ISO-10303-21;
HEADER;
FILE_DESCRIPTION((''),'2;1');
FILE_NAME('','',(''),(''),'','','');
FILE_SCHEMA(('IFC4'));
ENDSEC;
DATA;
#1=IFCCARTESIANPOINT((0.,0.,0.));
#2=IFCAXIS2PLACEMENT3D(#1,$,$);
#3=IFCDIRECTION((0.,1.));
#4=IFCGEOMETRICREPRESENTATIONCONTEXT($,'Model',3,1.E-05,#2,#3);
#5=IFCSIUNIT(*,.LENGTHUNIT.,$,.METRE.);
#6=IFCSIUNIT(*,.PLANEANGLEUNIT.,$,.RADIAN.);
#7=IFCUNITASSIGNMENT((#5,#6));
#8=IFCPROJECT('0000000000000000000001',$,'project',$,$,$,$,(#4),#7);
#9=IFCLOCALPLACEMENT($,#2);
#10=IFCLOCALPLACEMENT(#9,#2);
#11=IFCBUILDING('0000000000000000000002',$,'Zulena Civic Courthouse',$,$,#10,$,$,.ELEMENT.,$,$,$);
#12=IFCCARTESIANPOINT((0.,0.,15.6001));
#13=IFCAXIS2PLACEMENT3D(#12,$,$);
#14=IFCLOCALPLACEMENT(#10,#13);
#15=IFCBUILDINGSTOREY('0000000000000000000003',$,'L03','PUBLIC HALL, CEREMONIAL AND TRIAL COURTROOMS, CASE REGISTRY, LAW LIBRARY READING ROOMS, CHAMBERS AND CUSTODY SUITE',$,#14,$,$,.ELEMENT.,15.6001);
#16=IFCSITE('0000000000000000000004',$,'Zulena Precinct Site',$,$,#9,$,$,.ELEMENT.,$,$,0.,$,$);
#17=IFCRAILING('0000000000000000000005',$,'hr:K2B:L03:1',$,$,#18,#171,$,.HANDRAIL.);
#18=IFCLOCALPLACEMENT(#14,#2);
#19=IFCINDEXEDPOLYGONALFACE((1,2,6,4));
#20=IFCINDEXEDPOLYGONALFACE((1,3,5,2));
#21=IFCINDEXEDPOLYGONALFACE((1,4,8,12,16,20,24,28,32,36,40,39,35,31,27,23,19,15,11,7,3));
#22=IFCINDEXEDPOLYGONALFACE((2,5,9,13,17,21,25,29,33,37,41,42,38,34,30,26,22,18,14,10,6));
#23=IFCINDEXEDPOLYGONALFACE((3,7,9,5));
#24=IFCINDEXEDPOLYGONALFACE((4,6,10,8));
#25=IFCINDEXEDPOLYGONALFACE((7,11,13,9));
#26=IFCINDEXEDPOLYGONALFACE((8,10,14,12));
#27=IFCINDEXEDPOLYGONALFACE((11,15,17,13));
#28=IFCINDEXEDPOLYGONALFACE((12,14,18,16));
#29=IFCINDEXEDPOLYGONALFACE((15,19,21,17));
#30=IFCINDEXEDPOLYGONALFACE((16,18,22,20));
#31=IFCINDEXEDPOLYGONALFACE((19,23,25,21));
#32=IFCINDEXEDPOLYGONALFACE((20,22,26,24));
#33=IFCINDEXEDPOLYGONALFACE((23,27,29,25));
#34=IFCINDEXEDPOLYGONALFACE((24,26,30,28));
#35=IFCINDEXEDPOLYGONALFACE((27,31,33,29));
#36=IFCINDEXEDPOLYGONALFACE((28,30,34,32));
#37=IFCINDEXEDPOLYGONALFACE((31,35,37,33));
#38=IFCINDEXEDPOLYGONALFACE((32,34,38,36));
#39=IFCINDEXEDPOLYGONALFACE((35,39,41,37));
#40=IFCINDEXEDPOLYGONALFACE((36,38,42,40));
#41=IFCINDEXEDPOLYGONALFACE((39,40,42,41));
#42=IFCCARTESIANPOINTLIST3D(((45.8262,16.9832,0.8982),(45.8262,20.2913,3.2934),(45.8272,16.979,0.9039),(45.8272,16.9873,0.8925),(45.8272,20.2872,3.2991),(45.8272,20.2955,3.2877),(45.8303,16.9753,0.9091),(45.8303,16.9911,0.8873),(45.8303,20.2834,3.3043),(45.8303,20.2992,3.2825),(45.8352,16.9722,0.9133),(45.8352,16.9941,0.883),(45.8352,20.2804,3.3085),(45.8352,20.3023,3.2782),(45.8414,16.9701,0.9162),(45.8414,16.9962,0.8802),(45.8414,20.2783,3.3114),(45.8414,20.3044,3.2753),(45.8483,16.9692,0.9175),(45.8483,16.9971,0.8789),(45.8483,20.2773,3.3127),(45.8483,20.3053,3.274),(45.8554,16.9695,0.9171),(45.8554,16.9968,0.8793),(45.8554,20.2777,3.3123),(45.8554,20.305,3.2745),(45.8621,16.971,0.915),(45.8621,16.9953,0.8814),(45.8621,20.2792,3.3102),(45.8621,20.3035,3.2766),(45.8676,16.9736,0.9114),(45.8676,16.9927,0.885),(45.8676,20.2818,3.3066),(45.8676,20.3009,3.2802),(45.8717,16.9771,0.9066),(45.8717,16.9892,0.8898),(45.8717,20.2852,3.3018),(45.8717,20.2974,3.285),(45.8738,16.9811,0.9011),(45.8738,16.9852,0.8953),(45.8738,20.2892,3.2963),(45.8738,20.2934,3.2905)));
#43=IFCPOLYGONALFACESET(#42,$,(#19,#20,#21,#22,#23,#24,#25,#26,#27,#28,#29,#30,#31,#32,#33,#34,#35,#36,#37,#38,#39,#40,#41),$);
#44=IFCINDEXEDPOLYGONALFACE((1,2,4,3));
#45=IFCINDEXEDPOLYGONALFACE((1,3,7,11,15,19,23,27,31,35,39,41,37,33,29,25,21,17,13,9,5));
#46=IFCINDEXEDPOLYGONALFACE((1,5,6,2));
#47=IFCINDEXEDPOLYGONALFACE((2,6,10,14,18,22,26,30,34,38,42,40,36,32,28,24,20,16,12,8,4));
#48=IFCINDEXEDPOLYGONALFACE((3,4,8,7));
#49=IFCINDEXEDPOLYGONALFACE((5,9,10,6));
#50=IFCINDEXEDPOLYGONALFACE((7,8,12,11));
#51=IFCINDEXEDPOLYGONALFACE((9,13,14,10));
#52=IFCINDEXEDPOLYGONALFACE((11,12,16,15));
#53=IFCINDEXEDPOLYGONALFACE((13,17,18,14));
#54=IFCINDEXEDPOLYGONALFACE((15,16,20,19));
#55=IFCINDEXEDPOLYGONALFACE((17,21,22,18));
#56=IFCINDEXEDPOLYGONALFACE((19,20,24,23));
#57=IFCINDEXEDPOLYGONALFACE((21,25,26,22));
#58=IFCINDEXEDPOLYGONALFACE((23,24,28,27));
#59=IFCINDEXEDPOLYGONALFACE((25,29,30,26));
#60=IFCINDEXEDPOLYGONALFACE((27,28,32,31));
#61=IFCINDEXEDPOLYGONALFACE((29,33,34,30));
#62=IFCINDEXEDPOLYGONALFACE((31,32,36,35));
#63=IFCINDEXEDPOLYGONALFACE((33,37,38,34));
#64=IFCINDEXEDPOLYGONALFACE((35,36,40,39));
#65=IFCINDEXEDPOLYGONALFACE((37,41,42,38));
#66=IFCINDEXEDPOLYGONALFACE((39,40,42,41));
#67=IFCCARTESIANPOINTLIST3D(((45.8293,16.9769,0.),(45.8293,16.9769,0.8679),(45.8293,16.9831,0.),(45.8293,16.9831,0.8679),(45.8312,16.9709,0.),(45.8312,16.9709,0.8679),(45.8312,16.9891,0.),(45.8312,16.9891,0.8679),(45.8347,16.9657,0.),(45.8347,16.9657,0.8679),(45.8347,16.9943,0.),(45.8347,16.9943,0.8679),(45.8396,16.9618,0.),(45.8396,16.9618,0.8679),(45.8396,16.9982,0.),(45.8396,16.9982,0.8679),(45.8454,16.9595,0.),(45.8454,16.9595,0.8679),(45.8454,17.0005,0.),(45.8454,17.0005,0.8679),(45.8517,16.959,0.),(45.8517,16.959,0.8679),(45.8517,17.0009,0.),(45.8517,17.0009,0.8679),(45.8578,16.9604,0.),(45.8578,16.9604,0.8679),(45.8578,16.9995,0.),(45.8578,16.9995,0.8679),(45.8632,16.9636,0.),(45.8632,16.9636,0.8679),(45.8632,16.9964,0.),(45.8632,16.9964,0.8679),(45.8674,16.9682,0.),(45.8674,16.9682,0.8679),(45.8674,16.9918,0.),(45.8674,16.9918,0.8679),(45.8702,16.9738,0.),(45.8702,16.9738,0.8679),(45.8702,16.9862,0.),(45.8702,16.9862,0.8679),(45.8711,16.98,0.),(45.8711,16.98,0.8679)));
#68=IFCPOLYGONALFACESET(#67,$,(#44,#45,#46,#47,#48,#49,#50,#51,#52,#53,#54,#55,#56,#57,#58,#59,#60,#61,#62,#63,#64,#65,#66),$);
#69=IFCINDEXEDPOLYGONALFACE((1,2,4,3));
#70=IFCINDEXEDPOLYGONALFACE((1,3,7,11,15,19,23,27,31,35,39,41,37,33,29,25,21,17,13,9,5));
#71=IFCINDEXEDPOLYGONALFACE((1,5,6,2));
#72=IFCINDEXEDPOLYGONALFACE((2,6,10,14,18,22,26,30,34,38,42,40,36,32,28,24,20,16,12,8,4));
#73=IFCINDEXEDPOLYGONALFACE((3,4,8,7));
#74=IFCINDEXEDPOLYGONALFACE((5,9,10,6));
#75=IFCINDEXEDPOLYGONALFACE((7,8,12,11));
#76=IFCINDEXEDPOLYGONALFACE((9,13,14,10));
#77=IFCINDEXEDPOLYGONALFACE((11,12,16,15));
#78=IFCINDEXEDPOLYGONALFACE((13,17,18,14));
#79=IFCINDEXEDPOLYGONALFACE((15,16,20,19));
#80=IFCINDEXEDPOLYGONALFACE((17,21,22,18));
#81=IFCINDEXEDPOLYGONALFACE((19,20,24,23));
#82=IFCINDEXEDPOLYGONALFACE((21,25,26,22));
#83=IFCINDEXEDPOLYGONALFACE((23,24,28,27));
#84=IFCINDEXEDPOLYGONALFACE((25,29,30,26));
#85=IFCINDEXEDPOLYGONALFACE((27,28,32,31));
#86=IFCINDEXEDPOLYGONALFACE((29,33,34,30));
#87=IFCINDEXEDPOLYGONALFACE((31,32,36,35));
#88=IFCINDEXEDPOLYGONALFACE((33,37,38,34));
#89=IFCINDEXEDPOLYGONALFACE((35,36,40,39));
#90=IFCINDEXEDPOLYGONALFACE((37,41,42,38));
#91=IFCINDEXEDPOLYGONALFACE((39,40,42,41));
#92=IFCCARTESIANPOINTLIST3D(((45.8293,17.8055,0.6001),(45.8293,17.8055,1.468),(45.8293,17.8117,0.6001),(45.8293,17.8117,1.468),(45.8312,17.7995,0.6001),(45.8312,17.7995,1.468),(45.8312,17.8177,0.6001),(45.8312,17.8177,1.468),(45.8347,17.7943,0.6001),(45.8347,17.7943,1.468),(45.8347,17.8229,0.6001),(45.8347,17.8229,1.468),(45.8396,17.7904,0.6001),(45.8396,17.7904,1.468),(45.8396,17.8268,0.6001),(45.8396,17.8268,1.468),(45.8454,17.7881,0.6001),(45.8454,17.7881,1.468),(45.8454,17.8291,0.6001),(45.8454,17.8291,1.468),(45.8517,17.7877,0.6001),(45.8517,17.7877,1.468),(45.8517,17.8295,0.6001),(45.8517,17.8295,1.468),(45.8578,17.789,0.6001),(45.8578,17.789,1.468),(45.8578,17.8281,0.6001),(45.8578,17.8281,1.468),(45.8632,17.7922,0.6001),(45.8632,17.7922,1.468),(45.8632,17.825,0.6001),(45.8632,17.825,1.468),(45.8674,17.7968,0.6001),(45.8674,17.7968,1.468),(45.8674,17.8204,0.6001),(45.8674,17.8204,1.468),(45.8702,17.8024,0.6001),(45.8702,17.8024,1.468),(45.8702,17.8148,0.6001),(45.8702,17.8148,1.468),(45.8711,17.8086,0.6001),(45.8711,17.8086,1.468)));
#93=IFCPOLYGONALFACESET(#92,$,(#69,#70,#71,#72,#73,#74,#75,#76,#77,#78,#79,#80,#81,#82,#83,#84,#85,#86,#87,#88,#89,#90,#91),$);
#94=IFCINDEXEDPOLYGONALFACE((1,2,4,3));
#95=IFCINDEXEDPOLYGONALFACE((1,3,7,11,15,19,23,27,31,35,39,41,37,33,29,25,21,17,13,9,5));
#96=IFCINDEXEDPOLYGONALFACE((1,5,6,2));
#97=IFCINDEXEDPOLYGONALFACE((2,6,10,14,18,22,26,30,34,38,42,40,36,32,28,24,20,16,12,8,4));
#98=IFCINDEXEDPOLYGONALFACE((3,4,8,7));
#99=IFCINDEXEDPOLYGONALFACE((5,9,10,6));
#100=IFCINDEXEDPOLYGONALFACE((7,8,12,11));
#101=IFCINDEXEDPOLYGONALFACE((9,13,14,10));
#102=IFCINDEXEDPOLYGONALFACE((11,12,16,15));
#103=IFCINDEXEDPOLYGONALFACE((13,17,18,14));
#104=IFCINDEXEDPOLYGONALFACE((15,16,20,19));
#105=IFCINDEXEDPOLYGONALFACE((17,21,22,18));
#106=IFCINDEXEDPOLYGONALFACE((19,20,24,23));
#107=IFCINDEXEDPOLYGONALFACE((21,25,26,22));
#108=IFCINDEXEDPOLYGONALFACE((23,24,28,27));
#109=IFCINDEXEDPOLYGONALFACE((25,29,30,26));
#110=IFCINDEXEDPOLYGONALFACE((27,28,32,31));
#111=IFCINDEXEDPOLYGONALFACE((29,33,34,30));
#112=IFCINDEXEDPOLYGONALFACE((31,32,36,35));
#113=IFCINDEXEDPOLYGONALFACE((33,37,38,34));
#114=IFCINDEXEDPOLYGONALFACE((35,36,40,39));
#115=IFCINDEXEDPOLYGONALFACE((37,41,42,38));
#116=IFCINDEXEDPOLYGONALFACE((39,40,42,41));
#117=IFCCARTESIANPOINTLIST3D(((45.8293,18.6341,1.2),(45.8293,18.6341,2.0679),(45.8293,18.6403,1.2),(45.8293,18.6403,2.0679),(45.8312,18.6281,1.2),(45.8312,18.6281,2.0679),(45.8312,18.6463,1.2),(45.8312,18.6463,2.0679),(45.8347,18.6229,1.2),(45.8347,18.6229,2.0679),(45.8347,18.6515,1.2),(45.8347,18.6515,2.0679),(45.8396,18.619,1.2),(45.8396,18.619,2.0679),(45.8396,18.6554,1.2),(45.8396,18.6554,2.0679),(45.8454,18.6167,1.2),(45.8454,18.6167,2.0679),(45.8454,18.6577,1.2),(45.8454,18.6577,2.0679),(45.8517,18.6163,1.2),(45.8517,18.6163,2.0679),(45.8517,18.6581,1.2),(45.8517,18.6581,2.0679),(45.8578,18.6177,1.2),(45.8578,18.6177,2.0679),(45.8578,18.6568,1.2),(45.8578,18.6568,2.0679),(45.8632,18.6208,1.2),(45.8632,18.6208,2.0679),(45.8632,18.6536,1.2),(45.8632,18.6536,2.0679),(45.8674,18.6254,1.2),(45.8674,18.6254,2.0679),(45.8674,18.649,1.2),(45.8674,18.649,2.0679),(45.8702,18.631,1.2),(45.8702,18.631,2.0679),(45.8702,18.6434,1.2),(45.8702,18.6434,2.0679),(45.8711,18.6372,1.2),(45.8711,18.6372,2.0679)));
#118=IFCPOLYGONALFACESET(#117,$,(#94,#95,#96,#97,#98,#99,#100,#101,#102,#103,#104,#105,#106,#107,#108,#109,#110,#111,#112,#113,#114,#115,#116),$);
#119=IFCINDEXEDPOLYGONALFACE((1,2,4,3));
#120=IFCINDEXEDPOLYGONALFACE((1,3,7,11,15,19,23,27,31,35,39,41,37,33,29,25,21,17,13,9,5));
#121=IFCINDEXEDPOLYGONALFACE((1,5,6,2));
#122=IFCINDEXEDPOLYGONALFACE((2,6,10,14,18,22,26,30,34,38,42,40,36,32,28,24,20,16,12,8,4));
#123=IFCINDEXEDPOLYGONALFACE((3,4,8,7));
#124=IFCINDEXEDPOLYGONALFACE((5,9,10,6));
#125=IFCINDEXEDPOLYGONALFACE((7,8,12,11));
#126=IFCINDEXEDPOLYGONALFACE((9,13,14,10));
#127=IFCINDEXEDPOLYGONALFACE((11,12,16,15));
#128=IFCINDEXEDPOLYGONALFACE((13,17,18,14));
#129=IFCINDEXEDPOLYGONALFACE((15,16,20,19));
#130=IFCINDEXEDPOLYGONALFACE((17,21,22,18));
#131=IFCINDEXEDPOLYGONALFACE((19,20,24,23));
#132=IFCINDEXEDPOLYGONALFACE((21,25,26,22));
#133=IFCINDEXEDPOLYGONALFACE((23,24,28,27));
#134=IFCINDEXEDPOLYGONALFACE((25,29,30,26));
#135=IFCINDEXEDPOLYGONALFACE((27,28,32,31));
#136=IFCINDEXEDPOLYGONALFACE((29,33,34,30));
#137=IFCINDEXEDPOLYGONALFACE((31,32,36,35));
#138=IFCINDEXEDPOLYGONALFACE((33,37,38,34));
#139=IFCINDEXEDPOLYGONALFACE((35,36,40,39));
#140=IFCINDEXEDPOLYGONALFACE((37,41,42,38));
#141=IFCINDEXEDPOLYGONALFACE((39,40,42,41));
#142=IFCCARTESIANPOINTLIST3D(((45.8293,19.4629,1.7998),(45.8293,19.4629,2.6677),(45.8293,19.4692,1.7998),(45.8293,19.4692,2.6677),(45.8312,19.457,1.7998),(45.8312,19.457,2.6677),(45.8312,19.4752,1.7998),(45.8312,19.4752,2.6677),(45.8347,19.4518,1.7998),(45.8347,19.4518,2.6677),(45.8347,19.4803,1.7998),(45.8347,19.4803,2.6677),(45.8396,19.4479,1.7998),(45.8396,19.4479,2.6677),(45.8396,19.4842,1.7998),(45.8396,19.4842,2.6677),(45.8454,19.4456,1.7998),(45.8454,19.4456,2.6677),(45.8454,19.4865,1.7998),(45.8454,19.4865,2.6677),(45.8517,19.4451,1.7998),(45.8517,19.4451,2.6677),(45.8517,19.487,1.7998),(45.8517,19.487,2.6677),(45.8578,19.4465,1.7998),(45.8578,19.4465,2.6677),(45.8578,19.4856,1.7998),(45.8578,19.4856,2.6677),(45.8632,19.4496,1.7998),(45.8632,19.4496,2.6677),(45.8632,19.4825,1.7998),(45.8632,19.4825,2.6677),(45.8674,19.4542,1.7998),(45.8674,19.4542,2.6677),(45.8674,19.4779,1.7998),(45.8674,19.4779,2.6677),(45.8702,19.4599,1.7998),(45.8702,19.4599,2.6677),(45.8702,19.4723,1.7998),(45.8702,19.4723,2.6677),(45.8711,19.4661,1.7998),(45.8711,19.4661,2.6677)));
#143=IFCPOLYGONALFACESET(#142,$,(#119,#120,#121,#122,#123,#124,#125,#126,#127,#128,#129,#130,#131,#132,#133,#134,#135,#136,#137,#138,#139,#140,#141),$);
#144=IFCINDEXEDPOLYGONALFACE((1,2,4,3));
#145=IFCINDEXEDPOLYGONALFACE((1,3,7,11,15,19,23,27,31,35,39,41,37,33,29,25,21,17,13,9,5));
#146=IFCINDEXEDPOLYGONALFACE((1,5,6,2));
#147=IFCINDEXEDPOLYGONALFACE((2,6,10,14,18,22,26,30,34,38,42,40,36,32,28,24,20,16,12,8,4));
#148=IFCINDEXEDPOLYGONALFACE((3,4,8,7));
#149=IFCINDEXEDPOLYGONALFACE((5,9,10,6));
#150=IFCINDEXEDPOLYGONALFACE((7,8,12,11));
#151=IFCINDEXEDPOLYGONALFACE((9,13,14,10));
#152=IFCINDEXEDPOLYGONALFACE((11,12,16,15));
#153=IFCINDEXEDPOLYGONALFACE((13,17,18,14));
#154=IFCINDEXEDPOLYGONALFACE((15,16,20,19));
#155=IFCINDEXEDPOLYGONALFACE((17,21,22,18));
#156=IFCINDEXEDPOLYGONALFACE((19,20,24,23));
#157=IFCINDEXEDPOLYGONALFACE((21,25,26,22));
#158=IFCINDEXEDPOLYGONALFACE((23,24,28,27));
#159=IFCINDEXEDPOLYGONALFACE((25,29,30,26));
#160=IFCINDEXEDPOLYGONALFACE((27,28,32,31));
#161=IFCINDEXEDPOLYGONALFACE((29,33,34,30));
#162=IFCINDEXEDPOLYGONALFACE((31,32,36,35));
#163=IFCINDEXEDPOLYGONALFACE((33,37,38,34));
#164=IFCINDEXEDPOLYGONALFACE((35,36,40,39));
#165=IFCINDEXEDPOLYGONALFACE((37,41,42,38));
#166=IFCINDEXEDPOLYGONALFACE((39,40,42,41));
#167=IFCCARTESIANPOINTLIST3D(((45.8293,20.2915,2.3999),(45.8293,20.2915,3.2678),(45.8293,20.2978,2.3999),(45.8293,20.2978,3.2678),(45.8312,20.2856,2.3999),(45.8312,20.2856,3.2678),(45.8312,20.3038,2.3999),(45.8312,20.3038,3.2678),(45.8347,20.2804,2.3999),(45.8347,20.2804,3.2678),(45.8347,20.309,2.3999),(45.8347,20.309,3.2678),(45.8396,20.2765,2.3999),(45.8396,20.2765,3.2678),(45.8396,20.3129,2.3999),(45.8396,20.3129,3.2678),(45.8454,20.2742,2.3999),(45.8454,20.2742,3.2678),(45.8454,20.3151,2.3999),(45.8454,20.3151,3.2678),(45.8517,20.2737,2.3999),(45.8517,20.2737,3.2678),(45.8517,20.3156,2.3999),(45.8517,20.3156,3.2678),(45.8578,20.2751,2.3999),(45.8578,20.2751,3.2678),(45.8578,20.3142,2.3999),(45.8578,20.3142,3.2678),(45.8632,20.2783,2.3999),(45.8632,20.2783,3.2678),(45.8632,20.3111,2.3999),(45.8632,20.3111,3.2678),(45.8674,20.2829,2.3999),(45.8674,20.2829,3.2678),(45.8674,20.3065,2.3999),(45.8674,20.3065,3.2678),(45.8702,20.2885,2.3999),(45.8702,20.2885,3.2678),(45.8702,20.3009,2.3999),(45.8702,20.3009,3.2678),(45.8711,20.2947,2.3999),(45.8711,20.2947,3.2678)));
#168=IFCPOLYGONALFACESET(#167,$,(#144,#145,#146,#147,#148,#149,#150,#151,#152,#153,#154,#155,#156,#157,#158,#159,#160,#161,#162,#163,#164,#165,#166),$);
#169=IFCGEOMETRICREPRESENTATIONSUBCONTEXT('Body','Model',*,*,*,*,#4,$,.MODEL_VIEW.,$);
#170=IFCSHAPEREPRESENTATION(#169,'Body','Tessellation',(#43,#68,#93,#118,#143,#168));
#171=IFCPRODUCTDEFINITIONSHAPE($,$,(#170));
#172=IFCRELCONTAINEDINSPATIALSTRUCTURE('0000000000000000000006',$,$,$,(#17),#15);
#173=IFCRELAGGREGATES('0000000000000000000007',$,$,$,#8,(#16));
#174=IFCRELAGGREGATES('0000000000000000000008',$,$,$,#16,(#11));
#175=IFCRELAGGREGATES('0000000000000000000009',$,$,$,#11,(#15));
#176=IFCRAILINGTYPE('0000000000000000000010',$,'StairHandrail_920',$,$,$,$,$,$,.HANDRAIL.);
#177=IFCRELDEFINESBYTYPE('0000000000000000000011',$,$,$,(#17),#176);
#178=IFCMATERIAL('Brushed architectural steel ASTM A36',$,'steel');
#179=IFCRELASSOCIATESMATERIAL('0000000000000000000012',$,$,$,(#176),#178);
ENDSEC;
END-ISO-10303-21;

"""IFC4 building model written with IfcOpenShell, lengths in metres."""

from ifc_helpers import new_model, si_unit, direction, frame, origin, origin_2d, place, context, subcontext, project, spatial, circle, extrude, material, type_object, element, save


model = new_model("IFC4")

# Units and contexts
model_context = context("Model", 3, precision=1e-05, world=origin(), true_north=direction((0.0, 1.0)))
body_context = subcontext(model_context, "Body", "Model", "MODEL_VIEW")
ifc_project = project(units=[si_unit("LENGTHUNIT", "METRE"), si_unit("PLANEANGLEUNIT", "RADIAN")], contexts=[model_context])

# Site, building, storey
site_placement = place(None, origin())
site = spatial("IfcSite", under=ifc_project, at=site_placement, Name="Zulena Precinct Site", CompositionType="ELEMENT", RefElevation=0.0)
building_placement = place(site_placement, origin())
building = spatial("IfcBuilding", under=site, at=building_placement, Name="Zulena Civic Courthouse", CompositionType="ELEMENT")
storey_placement = place(building_placement, frame((0.0, 0.0, 15.6001)))
storey = spatial("IfcBuildingStorey", under=building, at=storey_placement, Name="L03", Description="PUBLIC HALL, CEREMONIAL AND TRIAL COURTROOMS, CASE REGISTRY, LAW LIBRARY READING ROOMS, CHAMBERS AND CUSTODY SUITE", CompositionType="ELEMENT", Elevation=15.6001)

# Railing
ifc_material_1 = material(Name="Brushed architectural steel ASTM A36", Category="steel")
railing_type_1 = type_object("IfcRailingType", Name="StairHandrail_920", PredefinedType="HANDRAIL", material=ifc_material_1)
railing_1_placement = place(storey_placement, frame((45.8501, 16.98, 0.0)))
element("IfcRailing", 1, at=railing_1_placement, inside=storey, type_object=railing_type_1, Name="hr:K2B:L03:1", PredefinedType="HANDRAIL", context=body_context, shape_type="SweptSolid", body=[
    extrude(circle(Radius=0.0239, at=origin_2d()), frame((0.0, 0.0032, 0.8982), z_axis=(0.0, 0.809988, 0.586446), x_axis=(-1.0, 0.0, 0.0)), (0.0, 0.0, 1.0), 4.0842),
    extrude(circle(Radius=0.021, at=origin_2d()), origin(), (0.0, 0.0, 1.0), 0.8679),
    extrude(circle(Radius=0.021, at=origin_2d()), frame((0.0, 0.8286, 0.6001)), (0.0, 0.0, 1.0), 0.8679),
    extrude(circle(Radius=0.021, at=origin_2d()), frame((0.0, 1.6572, 1.2)), (0.0, 0.0, 1.0), 0.8679),
    extrude(circle(Radius=0.021, at=origin_2d()), frame((0.0, 2.4861, 1.7998)), (0.0, 0.0, 1.0), 0.8679),
    extrude(circle(Radius=0.021, at=origin_2d()), frame((0.0, 3.3147, 2.3999)), (0.0, 0.0, 1.0), 0.8679),
])

save(model, "model.ifc")
